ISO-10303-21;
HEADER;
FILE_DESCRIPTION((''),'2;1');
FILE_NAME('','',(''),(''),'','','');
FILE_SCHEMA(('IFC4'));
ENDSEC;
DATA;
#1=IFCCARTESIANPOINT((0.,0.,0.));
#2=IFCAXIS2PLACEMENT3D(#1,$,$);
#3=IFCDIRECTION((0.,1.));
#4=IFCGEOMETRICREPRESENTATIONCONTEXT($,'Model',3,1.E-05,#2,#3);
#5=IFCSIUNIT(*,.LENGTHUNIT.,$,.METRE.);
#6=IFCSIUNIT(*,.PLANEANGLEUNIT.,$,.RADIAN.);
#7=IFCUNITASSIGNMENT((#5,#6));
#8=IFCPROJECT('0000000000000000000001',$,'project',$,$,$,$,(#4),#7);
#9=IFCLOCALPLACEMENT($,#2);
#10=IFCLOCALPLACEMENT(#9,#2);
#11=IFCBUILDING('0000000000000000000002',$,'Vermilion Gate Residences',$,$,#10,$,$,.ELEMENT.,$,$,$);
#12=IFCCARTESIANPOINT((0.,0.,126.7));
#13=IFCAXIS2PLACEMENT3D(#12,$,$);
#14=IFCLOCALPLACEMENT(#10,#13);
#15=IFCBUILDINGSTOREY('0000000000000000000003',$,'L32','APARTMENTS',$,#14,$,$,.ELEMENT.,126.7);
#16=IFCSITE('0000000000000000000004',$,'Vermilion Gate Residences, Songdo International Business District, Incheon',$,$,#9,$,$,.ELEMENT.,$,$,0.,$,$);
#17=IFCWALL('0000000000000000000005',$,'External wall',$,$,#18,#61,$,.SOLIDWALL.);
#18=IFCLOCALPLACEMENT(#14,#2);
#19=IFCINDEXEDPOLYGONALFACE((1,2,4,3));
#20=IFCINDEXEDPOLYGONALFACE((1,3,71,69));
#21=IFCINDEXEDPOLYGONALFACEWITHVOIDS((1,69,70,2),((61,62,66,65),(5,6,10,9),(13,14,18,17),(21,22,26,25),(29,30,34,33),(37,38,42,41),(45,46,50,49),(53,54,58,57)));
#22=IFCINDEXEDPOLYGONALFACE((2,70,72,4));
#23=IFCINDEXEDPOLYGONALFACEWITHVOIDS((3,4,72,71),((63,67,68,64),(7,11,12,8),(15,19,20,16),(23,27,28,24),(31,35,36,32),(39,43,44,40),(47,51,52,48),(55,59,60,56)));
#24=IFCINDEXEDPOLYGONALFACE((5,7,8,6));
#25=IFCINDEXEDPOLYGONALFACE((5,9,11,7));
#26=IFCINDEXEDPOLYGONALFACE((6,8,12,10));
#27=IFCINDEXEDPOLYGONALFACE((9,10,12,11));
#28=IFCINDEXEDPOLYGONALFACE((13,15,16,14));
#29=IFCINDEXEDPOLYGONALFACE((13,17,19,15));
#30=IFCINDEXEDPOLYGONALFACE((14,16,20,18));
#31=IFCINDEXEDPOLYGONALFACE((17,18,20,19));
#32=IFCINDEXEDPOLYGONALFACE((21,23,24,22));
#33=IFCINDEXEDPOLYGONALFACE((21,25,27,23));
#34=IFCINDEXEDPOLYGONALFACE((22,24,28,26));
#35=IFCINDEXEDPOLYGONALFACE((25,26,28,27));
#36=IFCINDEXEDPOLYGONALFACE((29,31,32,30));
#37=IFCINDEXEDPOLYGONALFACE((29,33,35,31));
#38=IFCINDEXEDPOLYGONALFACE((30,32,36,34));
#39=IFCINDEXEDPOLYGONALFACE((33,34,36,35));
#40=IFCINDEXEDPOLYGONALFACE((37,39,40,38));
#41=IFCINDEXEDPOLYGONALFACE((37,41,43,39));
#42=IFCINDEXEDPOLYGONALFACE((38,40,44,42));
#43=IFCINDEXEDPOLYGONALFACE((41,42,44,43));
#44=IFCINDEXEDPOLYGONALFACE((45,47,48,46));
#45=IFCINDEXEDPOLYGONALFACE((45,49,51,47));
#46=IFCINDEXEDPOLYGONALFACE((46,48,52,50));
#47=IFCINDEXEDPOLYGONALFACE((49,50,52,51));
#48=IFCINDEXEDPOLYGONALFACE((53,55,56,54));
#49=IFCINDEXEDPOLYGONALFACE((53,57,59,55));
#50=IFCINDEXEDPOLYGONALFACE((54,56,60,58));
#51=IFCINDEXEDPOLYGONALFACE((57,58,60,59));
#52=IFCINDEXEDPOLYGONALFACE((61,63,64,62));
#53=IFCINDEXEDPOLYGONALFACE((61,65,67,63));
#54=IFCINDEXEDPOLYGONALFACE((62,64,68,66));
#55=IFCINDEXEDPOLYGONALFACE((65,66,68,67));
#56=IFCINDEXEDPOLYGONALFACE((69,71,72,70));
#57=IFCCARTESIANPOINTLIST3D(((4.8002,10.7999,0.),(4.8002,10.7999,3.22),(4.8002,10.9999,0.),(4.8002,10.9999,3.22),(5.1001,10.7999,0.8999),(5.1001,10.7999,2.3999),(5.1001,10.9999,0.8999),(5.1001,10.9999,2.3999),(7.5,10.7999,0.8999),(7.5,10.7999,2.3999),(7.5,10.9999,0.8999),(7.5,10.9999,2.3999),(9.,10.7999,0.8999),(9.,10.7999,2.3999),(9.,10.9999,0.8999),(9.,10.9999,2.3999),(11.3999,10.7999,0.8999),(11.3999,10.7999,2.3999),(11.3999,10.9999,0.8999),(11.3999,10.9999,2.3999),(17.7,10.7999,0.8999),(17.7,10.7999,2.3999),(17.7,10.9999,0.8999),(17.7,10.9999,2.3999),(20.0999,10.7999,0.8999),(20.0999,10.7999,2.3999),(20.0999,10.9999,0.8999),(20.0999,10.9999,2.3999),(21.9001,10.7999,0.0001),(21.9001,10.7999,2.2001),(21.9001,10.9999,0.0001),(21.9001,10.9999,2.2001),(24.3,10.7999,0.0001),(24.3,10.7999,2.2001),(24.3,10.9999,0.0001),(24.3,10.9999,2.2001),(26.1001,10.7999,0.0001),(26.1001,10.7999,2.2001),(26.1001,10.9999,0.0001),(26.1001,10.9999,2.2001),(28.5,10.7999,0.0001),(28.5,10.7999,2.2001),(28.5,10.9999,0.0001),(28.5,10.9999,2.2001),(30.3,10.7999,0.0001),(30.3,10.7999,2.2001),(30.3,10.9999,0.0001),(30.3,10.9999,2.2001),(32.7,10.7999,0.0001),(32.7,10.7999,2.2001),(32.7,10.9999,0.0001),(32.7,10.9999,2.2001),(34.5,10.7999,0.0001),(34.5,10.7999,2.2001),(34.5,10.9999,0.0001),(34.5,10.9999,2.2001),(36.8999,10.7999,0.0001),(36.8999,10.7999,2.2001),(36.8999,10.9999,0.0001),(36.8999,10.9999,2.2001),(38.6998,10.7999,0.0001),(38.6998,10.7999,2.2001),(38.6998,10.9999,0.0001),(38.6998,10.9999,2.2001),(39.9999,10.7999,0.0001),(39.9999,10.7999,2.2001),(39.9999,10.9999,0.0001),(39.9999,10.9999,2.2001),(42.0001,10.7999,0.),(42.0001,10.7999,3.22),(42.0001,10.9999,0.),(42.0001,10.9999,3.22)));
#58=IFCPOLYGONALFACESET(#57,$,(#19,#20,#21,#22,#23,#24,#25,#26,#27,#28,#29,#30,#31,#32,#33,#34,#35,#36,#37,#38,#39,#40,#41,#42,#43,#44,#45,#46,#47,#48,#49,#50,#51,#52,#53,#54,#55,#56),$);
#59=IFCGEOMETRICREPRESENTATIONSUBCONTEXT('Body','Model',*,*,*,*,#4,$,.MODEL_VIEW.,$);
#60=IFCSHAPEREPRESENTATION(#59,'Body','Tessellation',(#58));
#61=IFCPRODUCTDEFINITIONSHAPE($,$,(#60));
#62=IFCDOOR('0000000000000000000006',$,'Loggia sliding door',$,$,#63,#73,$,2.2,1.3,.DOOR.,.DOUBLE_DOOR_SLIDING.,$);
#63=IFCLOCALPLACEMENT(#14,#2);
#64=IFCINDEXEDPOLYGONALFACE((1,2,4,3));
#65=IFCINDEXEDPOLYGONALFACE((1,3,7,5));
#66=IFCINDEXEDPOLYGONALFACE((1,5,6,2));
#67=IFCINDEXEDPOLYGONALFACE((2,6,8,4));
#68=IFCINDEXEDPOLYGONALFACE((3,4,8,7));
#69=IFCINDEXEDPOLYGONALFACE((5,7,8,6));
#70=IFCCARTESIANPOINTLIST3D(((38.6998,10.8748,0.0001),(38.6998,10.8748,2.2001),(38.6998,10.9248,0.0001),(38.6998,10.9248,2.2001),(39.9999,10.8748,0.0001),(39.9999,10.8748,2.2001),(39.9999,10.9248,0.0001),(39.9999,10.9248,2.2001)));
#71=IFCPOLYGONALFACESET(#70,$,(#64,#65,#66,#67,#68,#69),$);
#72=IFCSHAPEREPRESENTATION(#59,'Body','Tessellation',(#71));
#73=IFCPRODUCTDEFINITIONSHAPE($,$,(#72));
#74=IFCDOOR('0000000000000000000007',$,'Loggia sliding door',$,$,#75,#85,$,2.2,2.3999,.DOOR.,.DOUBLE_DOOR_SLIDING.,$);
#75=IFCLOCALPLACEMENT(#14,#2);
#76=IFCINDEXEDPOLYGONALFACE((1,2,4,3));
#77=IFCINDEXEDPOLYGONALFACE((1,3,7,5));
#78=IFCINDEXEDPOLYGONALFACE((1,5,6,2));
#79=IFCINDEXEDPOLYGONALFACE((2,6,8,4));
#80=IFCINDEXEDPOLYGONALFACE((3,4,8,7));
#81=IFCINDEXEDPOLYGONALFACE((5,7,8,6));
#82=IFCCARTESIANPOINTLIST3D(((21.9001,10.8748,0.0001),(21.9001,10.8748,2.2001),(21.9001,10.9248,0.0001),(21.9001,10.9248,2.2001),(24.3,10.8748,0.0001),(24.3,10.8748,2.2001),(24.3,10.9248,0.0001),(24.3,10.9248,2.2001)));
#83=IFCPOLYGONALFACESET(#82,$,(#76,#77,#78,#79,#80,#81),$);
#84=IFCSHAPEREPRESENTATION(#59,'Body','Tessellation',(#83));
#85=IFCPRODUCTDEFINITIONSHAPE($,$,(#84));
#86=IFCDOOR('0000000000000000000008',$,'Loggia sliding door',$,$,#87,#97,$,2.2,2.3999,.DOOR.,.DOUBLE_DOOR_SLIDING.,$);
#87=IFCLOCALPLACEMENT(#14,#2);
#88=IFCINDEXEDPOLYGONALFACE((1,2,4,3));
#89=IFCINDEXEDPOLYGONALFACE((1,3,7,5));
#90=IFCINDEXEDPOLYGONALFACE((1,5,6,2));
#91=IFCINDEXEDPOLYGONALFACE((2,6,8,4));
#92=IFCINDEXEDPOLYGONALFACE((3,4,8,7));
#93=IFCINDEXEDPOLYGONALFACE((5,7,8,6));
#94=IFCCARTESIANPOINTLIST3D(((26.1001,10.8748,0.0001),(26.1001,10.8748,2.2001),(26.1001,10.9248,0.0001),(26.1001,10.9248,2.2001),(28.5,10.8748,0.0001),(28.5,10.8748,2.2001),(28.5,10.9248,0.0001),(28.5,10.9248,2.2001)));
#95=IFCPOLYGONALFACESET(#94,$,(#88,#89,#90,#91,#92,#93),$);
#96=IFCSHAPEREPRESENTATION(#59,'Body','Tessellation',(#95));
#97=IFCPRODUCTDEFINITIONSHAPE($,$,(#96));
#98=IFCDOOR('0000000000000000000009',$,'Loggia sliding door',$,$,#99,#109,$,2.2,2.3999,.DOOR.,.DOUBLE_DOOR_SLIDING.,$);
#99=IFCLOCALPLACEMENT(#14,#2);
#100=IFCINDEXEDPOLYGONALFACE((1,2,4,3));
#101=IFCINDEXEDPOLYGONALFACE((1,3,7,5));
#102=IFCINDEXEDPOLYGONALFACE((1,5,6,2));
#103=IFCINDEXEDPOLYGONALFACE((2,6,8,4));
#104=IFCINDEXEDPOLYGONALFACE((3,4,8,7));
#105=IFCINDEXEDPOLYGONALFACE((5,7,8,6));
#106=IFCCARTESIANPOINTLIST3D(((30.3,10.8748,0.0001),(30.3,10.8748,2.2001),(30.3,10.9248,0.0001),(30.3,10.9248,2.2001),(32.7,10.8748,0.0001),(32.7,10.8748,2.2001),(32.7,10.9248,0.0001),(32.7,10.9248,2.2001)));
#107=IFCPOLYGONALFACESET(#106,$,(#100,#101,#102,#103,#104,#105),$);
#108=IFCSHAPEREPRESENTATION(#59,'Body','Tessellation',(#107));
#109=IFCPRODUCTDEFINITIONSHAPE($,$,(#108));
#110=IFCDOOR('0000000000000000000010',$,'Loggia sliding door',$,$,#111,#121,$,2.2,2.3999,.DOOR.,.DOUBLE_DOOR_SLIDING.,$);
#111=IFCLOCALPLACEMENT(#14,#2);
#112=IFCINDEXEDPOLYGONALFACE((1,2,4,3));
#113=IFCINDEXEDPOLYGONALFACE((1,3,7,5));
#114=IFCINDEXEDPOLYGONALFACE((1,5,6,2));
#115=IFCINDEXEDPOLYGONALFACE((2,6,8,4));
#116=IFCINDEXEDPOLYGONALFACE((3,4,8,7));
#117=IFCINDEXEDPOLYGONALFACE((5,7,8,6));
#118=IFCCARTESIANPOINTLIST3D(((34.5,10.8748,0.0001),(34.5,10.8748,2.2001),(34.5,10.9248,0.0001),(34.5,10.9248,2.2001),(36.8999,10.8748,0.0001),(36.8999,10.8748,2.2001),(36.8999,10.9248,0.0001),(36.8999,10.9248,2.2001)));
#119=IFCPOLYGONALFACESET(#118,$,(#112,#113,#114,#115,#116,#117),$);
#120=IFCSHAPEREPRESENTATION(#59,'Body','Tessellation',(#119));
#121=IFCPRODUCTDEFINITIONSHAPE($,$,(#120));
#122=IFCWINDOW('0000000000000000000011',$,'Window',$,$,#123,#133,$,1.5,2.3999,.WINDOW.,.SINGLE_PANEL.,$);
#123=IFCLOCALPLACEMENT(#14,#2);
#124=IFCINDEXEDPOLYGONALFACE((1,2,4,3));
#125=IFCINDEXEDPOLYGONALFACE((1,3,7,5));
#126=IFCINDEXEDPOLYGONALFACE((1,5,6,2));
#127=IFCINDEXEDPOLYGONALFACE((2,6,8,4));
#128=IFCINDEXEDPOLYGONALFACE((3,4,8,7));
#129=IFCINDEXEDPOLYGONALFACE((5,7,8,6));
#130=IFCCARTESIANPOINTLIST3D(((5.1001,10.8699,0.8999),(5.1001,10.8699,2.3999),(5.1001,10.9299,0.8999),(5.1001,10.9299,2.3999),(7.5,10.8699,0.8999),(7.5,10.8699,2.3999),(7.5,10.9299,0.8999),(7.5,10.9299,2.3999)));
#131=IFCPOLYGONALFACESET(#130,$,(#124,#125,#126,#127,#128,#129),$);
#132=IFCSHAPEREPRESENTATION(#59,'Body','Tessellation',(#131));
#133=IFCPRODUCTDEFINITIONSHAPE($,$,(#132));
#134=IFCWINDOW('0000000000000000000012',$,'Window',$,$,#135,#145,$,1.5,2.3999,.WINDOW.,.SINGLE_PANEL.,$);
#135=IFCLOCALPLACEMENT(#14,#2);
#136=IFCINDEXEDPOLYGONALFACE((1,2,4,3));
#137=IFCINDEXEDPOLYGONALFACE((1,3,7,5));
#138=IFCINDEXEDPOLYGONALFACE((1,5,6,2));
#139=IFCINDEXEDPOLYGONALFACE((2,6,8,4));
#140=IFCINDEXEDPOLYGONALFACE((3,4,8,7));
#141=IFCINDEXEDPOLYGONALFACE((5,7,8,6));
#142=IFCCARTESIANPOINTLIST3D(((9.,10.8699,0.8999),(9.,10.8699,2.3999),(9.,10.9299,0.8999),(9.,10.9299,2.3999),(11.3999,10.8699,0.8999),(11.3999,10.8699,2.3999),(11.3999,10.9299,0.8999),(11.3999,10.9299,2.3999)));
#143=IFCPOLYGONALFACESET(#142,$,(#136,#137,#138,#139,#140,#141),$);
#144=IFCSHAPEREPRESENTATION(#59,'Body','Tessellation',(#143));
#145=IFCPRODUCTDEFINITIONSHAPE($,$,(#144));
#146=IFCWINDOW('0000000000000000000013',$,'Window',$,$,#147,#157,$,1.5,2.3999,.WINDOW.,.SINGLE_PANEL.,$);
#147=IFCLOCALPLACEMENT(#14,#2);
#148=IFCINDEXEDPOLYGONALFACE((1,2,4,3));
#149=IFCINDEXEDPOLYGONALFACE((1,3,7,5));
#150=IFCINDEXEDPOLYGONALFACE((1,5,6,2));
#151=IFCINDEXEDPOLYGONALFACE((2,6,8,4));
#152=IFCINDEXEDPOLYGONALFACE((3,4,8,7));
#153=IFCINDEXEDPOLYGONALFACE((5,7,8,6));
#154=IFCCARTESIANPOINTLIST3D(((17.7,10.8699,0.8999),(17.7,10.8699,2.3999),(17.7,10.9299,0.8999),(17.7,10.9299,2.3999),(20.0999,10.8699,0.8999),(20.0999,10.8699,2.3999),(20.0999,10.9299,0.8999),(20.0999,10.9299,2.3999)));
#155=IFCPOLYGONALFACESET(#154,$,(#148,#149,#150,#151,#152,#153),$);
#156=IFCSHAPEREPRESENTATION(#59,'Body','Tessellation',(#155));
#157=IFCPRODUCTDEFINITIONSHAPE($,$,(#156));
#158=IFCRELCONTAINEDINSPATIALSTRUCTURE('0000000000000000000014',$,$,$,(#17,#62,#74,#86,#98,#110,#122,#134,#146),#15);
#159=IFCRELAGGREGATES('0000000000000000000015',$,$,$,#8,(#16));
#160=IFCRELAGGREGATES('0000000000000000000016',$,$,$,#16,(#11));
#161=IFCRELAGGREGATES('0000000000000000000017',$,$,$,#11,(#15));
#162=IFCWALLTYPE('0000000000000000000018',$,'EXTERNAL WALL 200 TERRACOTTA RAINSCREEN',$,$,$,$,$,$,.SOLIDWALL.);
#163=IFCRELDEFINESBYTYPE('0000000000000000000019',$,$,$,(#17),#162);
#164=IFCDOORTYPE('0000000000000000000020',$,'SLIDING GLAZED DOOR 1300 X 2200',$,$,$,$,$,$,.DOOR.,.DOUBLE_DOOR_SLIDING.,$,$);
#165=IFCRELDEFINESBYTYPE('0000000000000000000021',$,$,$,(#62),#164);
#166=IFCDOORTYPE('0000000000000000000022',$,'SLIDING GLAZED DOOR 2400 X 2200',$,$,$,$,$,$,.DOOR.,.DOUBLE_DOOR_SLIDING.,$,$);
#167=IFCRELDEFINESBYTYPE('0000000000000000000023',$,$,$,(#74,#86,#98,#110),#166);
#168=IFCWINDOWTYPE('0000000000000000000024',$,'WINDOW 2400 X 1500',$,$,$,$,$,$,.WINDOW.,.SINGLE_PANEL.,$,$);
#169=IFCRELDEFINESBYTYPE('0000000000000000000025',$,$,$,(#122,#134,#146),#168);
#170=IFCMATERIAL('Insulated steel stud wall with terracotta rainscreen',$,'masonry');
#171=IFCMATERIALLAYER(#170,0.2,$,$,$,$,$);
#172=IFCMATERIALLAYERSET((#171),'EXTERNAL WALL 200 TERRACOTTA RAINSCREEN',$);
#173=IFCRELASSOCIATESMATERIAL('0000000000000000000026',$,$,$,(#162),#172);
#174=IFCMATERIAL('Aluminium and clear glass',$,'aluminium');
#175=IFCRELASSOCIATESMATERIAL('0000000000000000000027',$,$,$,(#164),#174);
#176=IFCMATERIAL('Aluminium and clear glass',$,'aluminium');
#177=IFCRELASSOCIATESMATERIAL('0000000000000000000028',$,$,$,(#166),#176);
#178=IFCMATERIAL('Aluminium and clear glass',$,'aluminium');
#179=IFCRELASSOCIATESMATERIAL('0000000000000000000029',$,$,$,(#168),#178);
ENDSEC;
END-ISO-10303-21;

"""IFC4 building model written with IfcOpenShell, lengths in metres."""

from ifc_helpers import new_model, si_unit, direction, frame, frame_2d, origin, place, context, subcontext, project, spatial, rectangle, extrude, material, layer, layer_set, type_object, element, fill, save


model = new_model("IFC4")

# Units and contexts
model_context = context("Model", 3, precision=1e-05, world=origin(), true_north=direction((0.0, 1.0)))
body_context = subcontext(model_context, "Body", "Model", "MODEL_VIEW")
ifc_project = project(units=[si_unit("LENGTHUNIT", "METRE"), si_unit("PLANEANGLEUNIT", "RADIAN")], contexts=[model_context])

# Site, building, storey
site_placement = place(None, origin())
site = spatial("IfcSite", under=ifc_project, at=site_placement, Name="Vermilion Gate Residences, Songdo International Business District, Incheon", CompositionType="ELEMENT", RefElevation=0.0)
building_placement = place(site_placement, origin())
building = spatial("IfcBuilding", under=site, at=building_placement, Name="Vermilion Gate Residences", CompositionType="ELEMENT")
storey_placement = place(building_placement, frame((0.0, 0.0, 126.7)))
storey = spatial("IfcBuildingStorey", under=building, at=storey_placement, Name="L32", Description="APARTMENTS", CompositionType="ELEMENT", Elevation=126.7)

# Shared definitions
ifc_material_1 = material(Name="Insulated steel stud wall with terracotta rainscreen", Category="masonry")
ifc_layer_1 = layer(ifc_material_1, 0.2)
ifc_layer_set_1 = layer_set([ifc_layer_1], Name="EXTERNAL WALL 200 TERRACOTTA RAINSCREEN")
wall_type_1 = type_object("IfcWallType", Name="EXTERNAL WALL 200 TERRACOTTA RAINSCREEN", PredefinedType="SOLIDWALL", material=ifc_layer_set_1)

# Wall, openings, doors, windows
wall_1_placement = place(storey_placement, frame((4.8, 10.8999, 0.0), z_axis=(0.0, 0.0, 1.0), x_axis=(1.0, 0.0, 0.0)))
wall_1 = element("IfcWall", 1, at=wall_1_placement, inside=storey, type_object=wall_type_1, Name="External wall", PredefinedType="SOLIDWALL", context=body_context, shape_type="SweptSolid", body=[
    extrude(rectangle(XDim=37.2, YDim=0.2, at=frame_2d((18.6001, 0.0))), origin(), (0.0, 0.0, 1.0), 3.22),
])
opening_1_placement = place(wall_1_placement, frame((0.3, 0.0, 0.8999)))
opening_1 = element("IfcOpeningElement", 2, at=opening_1_placement, cuts=wall_1, PredefinedType="OPENING", context=body_context, shape_type="SweptSolid", body=[
    extrude(rectangle(XDim=2.3999, YDim=1.5, at=frame_2d((1.2, 0.75))), frame((0.0, 0.1099, 0.0), z_axis=(0.0, -1.0, 0.0), x_axis=(1.0, 0.0, 0.0)), (0.0, 0.0, 1.0), 0.22),
])
opening_2_placement = place(wall_1_placement, frame((4.2, 0.0, 0.8999)))
opening_2 = element("IfcOpeningElement", 3, at=opening_2_placement, cuts=wall_1, PredefinedType="OPENING", context=body_context, shape_type="SweptSolid", body=[
    extrude(rectangle(XDim=2.3999, YDim=1.5, at=frame_2d((1.2, 0.75))), frame((0.0, 0.1099, 0.0), z_axis=(0.0, -1.0, 0.0), x_axis=(1.0, 0.0, 0.0)), (0.0, 0.0, 1.0), 0.22),
])
opening_3_placement = place(wall_1_placement, frame((12.8999, 0.0, 0.8999)))
opening_3 = element("IfcOpeningElement", 4, at=opening_3_placement, cuts=wall_1, PredefinedType="OPENING", context=body_context, shape_type="SweptSolid", body=[
    extrude(rectangle(XDim=2.3999, YDim=1.5, at=frame_2d((1.2, 0.75))), frame((0.0, 0.1099, 0.0), z_axis=(0.0, -1.0, 0.0), x_axis=(1.0, 0.0, 0.0)), (0.0, 0.0, 1.0), 0.22),
])
opening_4_placement = place(wall_1_placement, frame((17.1001, 0.0, 0.0)))
opening_4 = element("IfcOpeningElement", 5, at=opening_4_placement, cuts=wall_1, PredefinedType="OPENING", context=body_context, shape_type="SweptSolid", body=[
    extrude(rectangle(XDim=2.3999, YDim=2.2, at=frame_2d((1.2, 1.1001))), frame((0.0, 0.1099, 0.0), z_axis=(0.0, -1.0, 0.0), x_axis=(1.0, 0.0, 0.0)), (0.0, 0.0, 1.0), 0.22),
])
opening_5_placement = place(wall_1_placement, frame((21.3, 0.0, 0.0)))
opening_5 = element("IfcOpeningElement", 6, at=opening_5_placement, cuts=wall_1, PredefinedType="OPENING", context=body_context, shape_type="SweptSolid", body=[
    extrude(rectangle(XDim=2.3999, YDim=2.2, at=frame_2d((1.2, 1.1001))), frame((0.0, 0.1099, 0.0), z_axis=(0.0, -1.0, 0.0), x_axis=(1.0, 0.0, 0.0)), (0.0, 0.0, 1.0), 0.22),
])
opening_6_placement = place(wall_1_placement, frame((25.5, 0.0, 0.0)))
opening_6 = element("IfcOpeningElement", 7, at=opening_6_placement, cuts=wall_1, PredefinedType="OPENING", context=body_context, shape_type="SweptSolid", body=[
    extrude(rectangle(XDim=2.3999, YDim=2.2, at=frame_2d((1.2, 1.1001))), frame((0.0, 0.1099, 0.0), z_axis=(0.0, -1.0, 0.0), x_axis=(1.0, 0.0, 0.0)), (0.0, 0.0, 1.0), 0.22),
])
opening_7_placement = place(wall_1_placement, frame((29.7, 0.0, 0.0)))
opening_7 = element("IfcOpeningElement", 8, at=opening_7_placement, cuts=wall_1, PredefinedType="OPENING", context=body_context, shape_type="SweptSolid", body=[
    extrude(rectangle(XDim=2.3999, YDim=2.2, at=frame_2d((1.2, 1.1001))), frame((0.0, 0.1099, 0.0), z_axis=(0.0, -1.0, 0.0), x_axis=(1.0, 0.0, 0.0)), (0.0, 0.0, 1.0), 0.22),
])
opening_8_placement = place(wall_1_placement, frame((33.8999, 0.0, 0.0)))
opening_8 = element("IfcOpeningElement", 9, at=opening_8_placement, cuts=wall_1, PredefinedType="OPENING", context=body_context, shape_type="SweptSolid", body=[
    extrude(rectangle(XDim=1.3, YDim=2.2, at=frame_2d((0.6499, 1.1001))), frame((0.0, 0.1099, 0.0), z_axis=(0.0, -1.0, 0.0), x_axis=(1.0, 0.0, 0.0)), (0.0, 0.0, 1.0), 0.22),
])
ifc_material_2 = material(Name="Aluminium and clear glass", Category="aluminium")
door_type_1 = type_object("IfcDoorType", Name="SLIDING GLAZED DOOR 1300 X 2200", OperationType="DOUBLE_DOOR_SLIDING", PredefinedType="DOOR", material=ifc_material_2)
door_1_placement = place(opening_8_placement, origin())
door_1 = element("IfcDoor", 10, at=door_1_placement, inside=storey, type_object=door_type_1, Name="Loggia sliding door", OperationType="DOUBLE_DOOR_SLIDING", OverallHeight=2.2, OverallWidth=1.3, PredefinedType="DOOR", context=body_context, shape_type="SweptSolid", body=[
    extrude(rectangle(XDim=1.3, YDim=2.2, at=frame_2d((0.6499, 1.1001))), frame((0.0, 0.0249, 0.0), z_axis=(0.0, -1.0, 0.0), x_axis=(1.0, 0.0, 0.0)), (0.0, 0.0, 1.0), 0.05),
])
fill(opening_8, door_1)
ifc_material_3 = material(Name="Aluminium and clear glass", Category="aluminium")
door_type_2 = type_object("IfcDoorType", Name="SLIDING GLAZED DOOR 2400 X 2200", OperationType="DOUBLE_DOOR_SLIDING", PredefinedType="DOOR", material=ifc_material_3)
door_2_placement = place(opening_4_placement, origin())
door_2 = element("IfcDoor", 11, at=door_2_placement, inside=storey, type_object=door_type_2, Name="Loggia sliding door", OperationType="DOUBLE_DOOR_SLIDING", OverallHeight=2.2, OverallWidth=2.3999, PredefinedType="DOOR", context=body_context, shape_type="SweptSolid", body=[
    extrude(rectangle(XDim=2.3999, YDim=2.2, at=frame_2d((1.2, 1.1001))), frame((0.0, 0.0249, 0.0), z_axis=(0.0, -1.0, 0.0), x_axis=(1.0, 0.0, 0.0)), (0.0, 0.0, 1.0), 0.05),
])
fill(opening_4, door_2)
door_3_placement = place(opening_5_placement, origin())
door_3 = element("IfcDoor", 12, at=door_3_placement, inside=storey, type_object=door_type_2, Name="Loggia sliding door", OperationType="DOUBLE_DOOR_SLIDING", OverallHeight=2.2, OverallWidth=2.3999, PredefinedType="DOOR", context=body_context, shape_type="SweptSolid", body=[
    extrude(rectangle(XDim=2.3999, YDim=2.2, at=frame_2d((1.2, 1.1001))), frame((0.0, 0.0249, 0.0), z_axis=(0.0, -1.0, 0.0), x_axis=(1.0, 0.0, 0.0)), (0.0, 0.0, 1.0), 0.05),
])
fill(opening_5, door_3)
door_4_placement = place(opening_6_placement, origin())
door_4 = element("IfcDoor", 13, at=door_4_placement, inside=storey, type_object=door_type_2, Name="Loggia sliding door", OperationType="DOUBLE_DOOR_SLIDING", OverallHeight=2.2, OverallWidth=2.3999, PredefinedType="DOOR", context=body_context, shape_type="SweptSolid", body=[
    extrude(rectangle(XDim=2.3999, YDim=2.2, at=frame_2d((1.2, 1.1001))), frame((0.0, 0.0249, 0.0), z_axis=(0.0, -1.0, 0.0), x_axis=(1.0, 0.0, 0.0)), (0.0, 0.0, 1.0), 0.05),
])
fill(opening_6, door_4)
door_5_placement = place(opening_7_placement, origin())
door_5 = element("IfcDoor", 14, at=door_5_placement, inside=storey, type_object=door_type_2, Name="Loggia sliding door", OperationType="DOUBLE_DOOR_SLIDING", OverallHeight=2.2, OverallWidth=2.3999, PredefinedType="DOOR", context=body_context, shape_type="SweptSolid", body=[
    extrude(rectangle(XDim=2.3999, YDim=2.2, at=frame_2d((1.2, 1.1001))), frame((0.0, 0.0249, 0.0), z_axis=(0.0, -1.0, 0.0), x_axis=(1.0, 0.0, 0.0)), (0.0, 0.0, 1.0), 0.05),
])
fill(opening_7, door_5)
ifc_material_4 = material(Name="Aluminium and clear glass", Category="aluminium")
window_type = type_object("IfcWindowType", Name="WINDOW 2400 X 1500", PartitioningType="SINGLE_PANEL", PredefinedType="WINDOW", material=ifc_material_4)
window_1_placement = place(opening_1_placement, origin())
window_1 = element("IfcWindow", 15, at=window_1_placement, inside=storey, type_object=window_type, Name="Window", OverallHeight=1.5, OverallWidth=2.3999, PartitioningType="SINGLE_PANEL", PredefinedType="WINDOW", context=body_context, shape_type="SweptSolid", body=[
    extrude(rectangle(XDim=2.3999, YDim=1.5, at=frame_2d((1.2, 0.75))), frame((0.0, 0.03, 0.0), z_axis=(0.0, -1.0, 0.0), x_axis=(1.0, 0.0, 0.0)), (0.0, 0.0, 1.0), 0.0601),
])
fill(opening_1, window_1)
window_2_placement = place(opening_2_placement, origin())
window_2 = element("IfcWindow", 16, at=window_2_placement, inside=storey, type_object=window_type, Name="Window", OverallHeight=1.5, OverallWidth=2.3999, PartitioningType="SINGLE_PANEL", PredefinedType="WINDOW", context=body_context, shape_type="SweptSolid", body=[
    extrude(rectangle(XDim=2.3999, YDim=1.5, at=frame_2d((1.2, 0.75))), frame((0.0, 0.03, 0.0), z_axis=(0.0, -1.0, 0.0), x_axis=(1.0, 0.0, 0.0)), (0.0, 0.0, 1.0), 0.0601),
])
fill(opening_2, window_2)
window_3_placement = place(opening_3_placement, origin())
window_3 = element("IfcWindow", 17, at=window_3_placement, inside=storey, type_object=window_type, Name="Window", OverallHeight=1.5, OverallWidth=2.3999, PartitioningType="SINGLE_PANEL", PredefinedType="WINDOW", context=body_context, shape_type="SweptSolid", body=[
    extrude(rectangle(XDim=2.3999, YDim=1.5, at=frame_2d((1.2, 0.75))), frame((0.0, 0.03, 0.0), z_axis=(0.0, -1.0, 0.0), x_axis=(1.0, 0.0, 0.0)), (0.0, 0.0, 1.0), 0.0601),
])
fill(opening_3, window_3)

save(model, "model.ifc")
